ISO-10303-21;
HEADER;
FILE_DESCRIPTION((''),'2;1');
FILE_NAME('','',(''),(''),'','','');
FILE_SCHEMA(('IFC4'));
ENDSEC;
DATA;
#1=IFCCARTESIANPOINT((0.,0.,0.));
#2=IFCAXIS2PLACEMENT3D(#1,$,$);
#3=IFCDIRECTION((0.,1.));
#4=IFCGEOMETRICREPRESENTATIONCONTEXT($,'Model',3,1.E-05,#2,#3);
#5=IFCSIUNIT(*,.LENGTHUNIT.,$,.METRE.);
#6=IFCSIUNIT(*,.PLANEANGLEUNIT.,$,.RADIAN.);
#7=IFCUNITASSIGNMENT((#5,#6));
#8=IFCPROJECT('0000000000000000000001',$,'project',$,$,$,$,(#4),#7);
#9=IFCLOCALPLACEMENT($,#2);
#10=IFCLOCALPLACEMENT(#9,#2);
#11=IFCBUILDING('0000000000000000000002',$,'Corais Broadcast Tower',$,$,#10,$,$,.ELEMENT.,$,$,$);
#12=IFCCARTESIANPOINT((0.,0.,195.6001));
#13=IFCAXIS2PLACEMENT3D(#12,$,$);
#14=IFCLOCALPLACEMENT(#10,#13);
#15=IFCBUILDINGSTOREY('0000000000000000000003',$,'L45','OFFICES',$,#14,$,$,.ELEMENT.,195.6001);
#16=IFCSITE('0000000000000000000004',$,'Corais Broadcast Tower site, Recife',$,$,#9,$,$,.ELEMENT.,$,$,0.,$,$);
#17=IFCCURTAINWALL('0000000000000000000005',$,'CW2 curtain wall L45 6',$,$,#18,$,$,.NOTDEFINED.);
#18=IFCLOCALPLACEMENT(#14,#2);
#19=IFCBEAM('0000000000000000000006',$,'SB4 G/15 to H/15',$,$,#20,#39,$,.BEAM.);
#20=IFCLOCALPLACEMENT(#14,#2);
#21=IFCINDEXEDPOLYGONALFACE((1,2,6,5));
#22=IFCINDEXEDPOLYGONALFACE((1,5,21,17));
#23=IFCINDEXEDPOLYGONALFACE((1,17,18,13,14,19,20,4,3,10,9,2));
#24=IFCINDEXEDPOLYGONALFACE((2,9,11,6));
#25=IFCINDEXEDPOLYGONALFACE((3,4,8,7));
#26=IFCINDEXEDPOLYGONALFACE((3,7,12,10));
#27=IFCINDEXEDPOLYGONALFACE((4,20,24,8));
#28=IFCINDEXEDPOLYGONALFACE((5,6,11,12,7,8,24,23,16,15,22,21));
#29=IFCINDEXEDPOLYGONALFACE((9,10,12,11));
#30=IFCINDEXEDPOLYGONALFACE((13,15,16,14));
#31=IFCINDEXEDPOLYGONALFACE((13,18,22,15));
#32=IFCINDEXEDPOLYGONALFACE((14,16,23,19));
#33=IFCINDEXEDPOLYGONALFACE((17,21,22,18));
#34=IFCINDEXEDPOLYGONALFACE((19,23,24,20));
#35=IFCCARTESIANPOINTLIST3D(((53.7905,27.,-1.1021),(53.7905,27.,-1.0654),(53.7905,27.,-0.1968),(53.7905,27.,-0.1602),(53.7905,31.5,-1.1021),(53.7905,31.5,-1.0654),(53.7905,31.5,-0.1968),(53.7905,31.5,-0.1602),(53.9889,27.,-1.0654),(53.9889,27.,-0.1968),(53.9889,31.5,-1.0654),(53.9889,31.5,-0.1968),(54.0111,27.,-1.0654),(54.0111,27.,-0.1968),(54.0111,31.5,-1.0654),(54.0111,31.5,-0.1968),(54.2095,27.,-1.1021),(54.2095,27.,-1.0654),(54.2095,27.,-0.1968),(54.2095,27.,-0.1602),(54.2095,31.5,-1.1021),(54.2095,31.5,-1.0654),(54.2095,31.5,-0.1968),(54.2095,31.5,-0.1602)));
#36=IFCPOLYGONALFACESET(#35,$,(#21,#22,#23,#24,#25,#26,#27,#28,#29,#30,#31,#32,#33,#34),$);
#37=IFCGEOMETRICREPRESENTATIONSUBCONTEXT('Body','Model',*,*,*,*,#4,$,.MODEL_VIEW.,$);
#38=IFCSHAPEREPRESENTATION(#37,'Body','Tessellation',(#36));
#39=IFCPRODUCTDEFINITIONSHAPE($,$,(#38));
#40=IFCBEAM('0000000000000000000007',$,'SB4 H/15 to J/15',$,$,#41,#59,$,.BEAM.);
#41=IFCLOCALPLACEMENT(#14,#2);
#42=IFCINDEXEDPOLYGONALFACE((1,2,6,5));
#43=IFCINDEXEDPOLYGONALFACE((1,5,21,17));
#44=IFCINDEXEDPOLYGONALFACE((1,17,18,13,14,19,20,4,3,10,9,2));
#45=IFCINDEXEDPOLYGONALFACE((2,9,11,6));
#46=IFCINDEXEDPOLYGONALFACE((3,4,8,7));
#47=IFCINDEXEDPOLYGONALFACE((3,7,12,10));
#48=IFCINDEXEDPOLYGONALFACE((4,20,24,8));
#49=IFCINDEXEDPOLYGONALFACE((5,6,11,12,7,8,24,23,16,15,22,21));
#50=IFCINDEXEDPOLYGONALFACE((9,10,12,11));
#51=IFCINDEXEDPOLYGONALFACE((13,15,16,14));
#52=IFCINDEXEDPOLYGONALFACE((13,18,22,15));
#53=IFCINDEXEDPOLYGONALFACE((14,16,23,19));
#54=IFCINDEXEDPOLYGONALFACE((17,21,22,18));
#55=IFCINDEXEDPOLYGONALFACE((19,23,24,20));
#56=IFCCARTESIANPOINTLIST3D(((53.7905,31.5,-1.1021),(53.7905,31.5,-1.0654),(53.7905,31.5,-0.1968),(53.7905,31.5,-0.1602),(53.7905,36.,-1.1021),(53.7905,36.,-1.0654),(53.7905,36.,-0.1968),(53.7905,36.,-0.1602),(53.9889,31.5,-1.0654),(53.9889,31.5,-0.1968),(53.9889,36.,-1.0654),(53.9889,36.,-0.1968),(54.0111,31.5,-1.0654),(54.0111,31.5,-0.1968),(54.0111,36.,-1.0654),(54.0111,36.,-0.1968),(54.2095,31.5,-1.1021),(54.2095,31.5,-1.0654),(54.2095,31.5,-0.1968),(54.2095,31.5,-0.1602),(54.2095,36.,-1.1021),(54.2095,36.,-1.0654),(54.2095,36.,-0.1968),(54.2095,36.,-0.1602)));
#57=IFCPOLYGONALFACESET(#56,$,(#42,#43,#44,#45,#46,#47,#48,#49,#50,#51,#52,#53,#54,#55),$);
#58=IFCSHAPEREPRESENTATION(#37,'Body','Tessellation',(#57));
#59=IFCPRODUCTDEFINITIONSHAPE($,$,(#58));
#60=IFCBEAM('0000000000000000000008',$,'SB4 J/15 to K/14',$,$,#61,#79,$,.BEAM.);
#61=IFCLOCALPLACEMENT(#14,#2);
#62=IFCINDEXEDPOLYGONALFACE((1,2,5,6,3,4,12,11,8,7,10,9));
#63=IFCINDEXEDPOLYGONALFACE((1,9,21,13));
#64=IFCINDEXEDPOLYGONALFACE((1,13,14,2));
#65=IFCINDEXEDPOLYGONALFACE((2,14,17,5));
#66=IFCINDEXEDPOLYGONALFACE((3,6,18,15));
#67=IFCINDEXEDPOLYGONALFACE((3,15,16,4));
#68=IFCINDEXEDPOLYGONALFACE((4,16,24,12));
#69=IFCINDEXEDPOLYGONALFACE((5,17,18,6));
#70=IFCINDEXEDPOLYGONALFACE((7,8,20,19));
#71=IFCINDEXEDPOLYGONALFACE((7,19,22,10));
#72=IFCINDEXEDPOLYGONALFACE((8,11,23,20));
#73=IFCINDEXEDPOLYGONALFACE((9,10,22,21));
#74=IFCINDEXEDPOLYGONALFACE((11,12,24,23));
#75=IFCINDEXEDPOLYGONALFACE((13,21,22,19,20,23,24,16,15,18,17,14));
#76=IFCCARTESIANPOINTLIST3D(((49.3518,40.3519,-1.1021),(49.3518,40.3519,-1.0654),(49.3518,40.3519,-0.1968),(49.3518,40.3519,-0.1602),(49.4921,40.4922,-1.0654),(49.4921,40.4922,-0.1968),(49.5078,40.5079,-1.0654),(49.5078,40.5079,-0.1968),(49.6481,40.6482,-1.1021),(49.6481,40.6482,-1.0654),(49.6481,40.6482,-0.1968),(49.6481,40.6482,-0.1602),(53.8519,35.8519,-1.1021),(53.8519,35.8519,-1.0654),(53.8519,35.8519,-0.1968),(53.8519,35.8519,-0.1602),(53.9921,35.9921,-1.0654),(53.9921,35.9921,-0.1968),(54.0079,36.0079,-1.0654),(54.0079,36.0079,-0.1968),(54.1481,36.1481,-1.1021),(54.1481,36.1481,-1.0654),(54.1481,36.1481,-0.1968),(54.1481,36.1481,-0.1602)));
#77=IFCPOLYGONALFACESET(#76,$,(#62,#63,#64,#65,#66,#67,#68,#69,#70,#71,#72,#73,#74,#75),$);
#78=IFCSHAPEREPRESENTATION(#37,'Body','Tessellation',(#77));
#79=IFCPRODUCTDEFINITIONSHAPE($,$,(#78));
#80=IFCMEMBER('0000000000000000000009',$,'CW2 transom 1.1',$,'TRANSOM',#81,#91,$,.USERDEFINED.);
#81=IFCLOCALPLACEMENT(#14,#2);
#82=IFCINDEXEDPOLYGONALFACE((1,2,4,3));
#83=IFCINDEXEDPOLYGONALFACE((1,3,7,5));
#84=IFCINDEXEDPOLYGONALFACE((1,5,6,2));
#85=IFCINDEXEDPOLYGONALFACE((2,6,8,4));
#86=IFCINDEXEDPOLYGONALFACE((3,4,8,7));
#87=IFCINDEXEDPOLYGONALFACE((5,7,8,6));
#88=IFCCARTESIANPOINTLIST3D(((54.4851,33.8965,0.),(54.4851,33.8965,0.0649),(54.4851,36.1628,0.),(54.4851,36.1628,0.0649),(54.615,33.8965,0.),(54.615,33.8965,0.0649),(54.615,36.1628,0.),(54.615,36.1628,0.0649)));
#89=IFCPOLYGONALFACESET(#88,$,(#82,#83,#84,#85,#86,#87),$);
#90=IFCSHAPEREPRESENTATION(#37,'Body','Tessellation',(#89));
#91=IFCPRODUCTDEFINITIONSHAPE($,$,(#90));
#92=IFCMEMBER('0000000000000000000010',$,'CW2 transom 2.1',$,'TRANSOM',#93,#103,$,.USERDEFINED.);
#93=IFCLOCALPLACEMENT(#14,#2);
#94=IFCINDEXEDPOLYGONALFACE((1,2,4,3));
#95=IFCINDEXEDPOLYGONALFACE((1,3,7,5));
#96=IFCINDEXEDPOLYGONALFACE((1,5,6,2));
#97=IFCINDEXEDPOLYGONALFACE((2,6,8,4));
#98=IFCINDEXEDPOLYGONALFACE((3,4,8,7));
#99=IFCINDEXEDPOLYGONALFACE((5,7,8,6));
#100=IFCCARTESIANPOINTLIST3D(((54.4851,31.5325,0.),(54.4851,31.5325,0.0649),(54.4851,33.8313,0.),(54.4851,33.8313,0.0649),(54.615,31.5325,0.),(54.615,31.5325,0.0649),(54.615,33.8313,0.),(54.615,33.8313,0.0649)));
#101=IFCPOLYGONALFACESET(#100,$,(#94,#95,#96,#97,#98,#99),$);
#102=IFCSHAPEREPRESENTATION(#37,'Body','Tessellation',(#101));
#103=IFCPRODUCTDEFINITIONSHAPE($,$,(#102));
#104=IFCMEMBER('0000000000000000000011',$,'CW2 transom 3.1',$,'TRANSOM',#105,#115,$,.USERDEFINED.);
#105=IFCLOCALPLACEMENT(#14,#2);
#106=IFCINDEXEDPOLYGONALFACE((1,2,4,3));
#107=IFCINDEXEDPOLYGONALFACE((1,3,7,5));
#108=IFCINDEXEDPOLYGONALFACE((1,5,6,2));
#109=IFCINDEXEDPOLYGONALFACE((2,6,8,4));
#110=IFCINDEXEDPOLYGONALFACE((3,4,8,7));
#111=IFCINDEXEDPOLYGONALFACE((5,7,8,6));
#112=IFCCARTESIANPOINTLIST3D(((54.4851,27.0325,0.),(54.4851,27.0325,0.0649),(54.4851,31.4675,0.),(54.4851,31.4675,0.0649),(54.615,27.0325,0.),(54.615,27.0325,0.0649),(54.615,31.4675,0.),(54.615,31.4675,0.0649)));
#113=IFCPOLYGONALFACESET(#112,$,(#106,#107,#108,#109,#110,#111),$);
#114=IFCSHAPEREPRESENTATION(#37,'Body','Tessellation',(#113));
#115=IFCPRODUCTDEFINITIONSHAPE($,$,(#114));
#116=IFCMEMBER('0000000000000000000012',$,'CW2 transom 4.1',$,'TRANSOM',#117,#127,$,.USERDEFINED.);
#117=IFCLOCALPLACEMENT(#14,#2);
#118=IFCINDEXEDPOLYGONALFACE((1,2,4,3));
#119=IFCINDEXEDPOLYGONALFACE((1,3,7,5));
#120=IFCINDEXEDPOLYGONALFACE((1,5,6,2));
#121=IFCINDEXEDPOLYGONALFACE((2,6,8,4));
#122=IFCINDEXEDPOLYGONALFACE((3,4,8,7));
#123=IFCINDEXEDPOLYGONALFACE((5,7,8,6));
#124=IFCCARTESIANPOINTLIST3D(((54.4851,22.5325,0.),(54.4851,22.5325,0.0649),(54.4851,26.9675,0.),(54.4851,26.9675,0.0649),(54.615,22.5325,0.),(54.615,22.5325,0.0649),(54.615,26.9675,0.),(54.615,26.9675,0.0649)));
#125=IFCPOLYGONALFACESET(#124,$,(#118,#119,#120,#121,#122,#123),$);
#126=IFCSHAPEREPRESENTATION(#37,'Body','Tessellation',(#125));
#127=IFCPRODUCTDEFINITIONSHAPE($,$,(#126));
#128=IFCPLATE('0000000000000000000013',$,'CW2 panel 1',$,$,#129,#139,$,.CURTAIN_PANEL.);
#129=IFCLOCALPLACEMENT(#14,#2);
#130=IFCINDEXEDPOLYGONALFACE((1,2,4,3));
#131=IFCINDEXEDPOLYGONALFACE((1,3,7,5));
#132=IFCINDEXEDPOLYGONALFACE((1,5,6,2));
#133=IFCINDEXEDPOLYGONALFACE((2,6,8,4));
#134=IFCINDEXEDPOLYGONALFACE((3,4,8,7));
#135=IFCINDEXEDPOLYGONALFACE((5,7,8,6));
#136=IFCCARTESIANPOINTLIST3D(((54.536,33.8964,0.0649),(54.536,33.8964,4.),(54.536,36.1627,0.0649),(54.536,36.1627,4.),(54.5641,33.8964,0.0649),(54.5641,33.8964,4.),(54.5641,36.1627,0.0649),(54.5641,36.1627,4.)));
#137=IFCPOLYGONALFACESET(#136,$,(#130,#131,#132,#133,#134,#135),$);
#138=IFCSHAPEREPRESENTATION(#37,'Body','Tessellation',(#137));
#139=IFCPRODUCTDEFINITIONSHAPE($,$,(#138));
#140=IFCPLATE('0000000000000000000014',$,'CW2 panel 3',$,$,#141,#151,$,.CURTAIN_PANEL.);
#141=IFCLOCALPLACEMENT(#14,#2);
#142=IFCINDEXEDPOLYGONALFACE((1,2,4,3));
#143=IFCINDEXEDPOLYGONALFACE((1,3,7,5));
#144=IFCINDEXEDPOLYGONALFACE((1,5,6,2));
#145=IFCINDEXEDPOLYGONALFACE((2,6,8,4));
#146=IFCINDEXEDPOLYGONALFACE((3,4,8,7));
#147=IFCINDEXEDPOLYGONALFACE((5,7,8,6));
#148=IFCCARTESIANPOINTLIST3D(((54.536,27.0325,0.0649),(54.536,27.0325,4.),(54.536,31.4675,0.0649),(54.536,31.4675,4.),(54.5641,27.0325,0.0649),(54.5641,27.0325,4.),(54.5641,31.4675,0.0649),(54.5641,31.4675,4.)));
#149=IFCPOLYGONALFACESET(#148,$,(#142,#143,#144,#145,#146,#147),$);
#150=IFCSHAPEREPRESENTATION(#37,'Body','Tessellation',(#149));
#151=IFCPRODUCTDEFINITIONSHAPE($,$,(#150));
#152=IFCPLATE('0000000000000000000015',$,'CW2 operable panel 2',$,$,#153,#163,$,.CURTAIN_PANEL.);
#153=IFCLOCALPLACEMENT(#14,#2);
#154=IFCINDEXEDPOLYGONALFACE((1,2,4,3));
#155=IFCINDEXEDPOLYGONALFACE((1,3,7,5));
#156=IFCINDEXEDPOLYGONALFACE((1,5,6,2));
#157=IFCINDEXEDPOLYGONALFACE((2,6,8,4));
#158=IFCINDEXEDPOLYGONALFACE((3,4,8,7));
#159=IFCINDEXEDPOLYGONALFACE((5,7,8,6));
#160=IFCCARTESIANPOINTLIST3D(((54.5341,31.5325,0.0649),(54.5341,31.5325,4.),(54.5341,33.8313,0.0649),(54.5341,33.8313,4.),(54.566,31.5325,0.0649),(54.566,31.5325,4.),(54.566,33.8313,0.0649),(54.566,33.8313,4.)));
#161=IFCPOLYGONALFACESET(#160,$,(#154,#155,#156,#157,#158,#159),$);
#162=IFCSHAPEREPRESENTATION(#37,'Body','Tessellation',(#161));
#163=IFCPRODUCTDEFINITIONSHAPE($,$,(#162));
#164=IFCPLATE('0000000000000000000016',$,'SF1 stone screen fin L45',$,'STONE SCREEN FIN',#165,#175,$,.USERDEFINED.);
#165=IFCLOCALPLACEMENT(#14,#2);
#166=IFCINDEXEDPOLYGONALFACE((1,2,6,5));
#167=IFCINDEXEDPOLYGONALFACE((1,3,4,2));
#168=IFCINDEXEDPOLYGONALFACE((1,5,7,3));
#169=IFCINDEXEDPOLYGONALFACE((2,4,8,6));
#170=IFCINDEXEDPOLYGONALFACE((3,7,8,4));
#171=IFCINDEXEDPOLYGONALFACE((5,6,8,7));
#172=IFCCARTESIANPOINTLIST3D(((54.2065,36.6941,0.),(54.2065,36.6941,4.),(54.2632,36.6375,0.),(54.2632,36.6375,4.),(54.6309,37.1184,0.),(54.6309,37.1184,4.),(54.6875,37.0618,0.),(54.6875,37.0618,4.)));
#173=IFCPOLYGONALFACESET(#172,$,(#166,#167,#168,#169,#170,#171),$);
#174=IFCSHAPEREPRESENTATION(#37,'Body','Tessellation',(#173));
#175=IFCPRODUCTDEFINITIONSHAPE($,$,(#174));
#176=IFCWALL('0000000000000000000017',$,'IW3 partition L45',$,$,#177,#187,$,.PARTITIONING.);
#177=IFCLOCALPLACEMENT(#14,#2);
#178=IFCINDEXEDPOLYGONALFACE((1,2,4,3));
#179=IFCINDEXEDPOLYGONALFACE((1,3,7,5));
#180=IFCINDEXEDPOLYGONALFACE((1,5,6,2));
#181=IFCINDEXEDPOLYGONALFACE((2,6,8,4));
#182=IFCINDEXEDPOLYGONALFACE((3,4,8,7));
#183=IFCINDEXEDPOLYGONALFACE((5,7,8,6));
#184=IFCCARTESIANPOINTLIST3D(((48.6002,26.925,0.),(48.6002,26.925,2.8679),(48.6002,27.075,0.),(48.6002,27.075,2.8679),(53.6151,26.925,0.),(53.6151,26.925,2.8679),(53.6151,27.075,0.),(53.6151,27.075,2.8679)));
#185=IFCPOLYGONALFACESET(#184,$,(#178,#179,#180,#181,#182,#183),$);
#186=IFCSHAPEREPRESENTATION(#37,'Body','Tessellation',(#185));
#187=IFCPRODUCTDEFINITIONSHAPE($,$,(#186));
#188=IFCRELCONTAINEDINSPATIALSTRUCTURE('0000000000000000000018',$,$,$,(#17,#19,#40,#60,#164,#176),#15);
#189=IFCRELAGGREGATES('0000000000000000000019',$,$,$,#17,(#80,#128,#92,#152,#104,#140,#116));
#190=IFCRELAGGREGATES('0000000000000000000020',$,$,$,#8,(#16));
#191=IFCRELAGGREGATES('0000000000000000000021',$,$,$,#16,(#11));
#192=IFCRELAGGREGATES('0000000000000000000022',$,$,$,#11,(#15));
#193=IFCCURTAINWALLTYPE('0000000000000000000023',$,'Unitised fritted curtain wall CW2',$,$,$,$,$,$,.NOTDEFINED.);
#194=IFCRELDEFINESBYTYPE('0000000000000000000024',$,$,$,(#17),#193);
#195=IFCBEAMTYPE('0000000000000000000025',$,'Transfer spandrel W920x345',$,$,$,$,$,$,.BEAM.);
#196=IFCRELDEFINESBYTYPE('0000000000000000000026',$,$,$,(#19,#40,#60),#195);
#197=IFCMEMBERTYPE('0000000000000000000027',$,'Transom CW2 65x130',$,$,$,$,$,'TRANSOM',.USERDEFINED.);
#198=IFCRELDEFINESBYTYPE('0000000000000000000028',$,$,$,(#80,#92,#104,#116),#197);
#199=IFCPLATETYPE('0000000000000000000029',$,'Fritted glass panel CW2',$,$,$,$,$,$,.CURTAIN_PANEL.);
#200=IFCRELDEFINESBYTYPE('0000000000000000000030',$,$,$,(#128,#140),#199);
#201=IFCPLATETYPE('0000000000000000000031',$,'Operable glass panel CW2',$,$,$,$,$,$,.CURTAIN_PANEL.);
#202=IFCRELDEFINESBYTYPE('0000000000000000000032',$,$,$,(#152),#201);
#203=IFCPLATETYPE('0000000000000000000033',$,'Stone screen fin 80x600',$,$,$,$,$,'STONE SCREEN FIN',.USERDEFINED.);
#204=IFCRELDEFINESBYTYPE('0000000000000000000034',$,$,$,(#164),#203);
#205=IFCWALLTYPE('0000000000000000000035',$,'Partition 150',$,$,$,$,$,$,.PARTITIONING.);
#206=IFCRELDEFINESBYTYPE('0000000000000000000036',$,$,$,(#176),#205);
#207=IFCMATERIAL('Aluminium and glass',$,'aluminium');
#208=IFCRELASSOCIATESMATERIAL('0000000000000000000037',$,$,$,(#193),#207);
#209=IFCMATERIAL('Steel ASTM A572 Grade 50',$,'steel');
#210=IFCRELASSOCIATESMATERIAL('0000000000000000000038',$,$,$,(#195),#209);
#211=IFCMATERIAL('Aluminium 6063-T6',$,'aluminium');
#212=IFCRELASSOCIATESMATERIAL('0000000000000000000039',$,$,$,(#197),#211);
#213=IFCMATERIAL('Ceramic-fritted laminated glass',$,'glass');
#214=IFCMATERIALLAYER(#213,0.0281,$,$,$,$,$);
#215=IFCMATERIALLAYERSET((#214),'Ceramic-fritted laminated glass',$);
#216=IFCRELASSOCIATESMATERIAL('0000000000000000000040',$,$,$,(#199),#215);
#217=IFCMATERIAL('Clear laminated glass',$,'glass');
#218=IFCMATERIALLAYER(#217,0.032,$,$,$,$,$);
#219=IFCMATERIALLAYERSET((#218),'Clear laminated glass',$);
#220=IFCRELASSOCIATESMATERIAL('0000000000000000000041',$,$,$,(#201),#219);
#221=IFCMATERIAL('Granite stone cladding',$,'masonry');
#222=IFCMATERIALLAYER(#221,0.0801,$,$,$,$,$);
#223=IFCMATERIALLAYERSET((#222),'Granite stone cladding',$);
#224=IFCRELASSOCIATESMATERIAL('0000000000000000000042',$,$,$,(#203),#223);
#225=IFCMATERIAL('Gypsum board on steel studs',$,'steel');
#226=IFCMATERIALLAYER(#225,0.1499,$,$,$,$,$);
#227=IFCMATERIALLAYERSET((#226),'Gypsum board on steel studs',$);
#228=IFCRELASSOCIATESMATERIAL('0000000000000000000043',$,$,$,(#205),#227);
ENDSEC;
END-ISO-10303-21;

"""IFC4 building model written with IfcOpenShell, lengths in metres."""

from ifc_helpers import new_model, si_unit, direction, frame, frame_2d, origin, origin_2d, place, context, subcontext, project, spatial, rectangle, i_section, extrude, material, layer, layer_set, material_profile, profile_set, type_object, element, aggregate, save


model = new_model("IFC4")

# Units and contexts
model_context = context("Model", 3, precision=1e-05, world=origin(), true_north=direction((0.0, 1.0)))
body_context = subcontext(model_context, "Body", "Model", "MODEL_VIEW")
ifc_project = project(units=[si_unit("LENGTHUNIT", "METRE"), si_unit("PLANEANGLEUNIT", "RADIAN")], contexts=[model_context])

# Site, building, storey
site_placement = place(None, origin())
site = spatial("IfcSite", under=ifc_project, at=site_placement, Name="Corais Broadcast Tower site, Recife", CompositionType="ELEMENT", RefElevation=0.0)
building_placement = place(site_placement, origin())
building = spatial("IfcBuilding", under=site, at=building_placement, Name="Corais Broadcast Tower", CompositionType="ELEMENT")
storey_placement = place(building_placement, frame((0.0, 0.0, 195.6001)))
storey = spatial("IfcBuildingStorey", under=building, at=storey_placement, Name="L45", Description="OFFICES", CompositionType="ELEMENT", Elevation=195.6001)

# Shared definitions
ifc_material_1 = material(Name="Aluminium and glass", Category="aluminium")
curtain_wall_type = type_object("IfcCurtainWallType", Name="Unitised fritted curtain wall CW2", PredefinedType="NOTDEFINED", material=ifc_material_1)

# Curtain wall
curtain_wall_1_placement = place(storey_placement, origin())
curtain_wall_1 = element("IfcCurtainWall", 1, at=curtain_wall_1_placement, inside=storey, type_object=curtain_wall_type, Name="CW2 curtain wall L45 6", PredefinedType="NOTDEFINED")

# Beams
ifc_material_2 = material(Name="Steel ASTM A572 Grade 50", Category="steel")
ifc_material_profile_1 = material_profile(ifc_material_2, i_section(OverallWidth=0.4189, OverallDepth=0.9419, WebThickness=0.0222, FlangeThickness=0.0366, at=origin_2d()), Name="W920x345")
ifc_profile_set_1 = profile_set([ifc_material_profile_1], Name="Steel ASTM A572 Grade 50")
beam_type_1 = type_object("IfcBeamType", Name="Transfer spandrel W920x345", PredefinedType="BEAM", material=ifc_profile_set_1)
for number, where, z_axis, x_axis, name in (
    (2, (54.0, 27.0, -0.6311), (0.0, 1.0, 0.0), (-1.0, 0.0, 0.0), "SB4 G/15 to H/15"),
    (3, (54.0, 31.5, -0.6311), (0.0, 1.0, 0.0), (-1.0, 0.0, 0.0), "SB4 H/15 to J/15"),
):
    element("IfcBeam", number, at=place(storey_placement, frame(where, z_axis=z_axis, x_axis=x_axis)), inside=storey, type_object=beam_type_1, Name=name, PredefinedType="BEAM", context=body_context, shape_type="SweptSolid", body=[
        extrude(i_section(OverallWidth=0.4189, OverallDepth=0.9419, WebThickness=0.0222, FlangeThickness=0.0366, at=origin_2d()), origin(), (0.0, 0.0, 1.0), 4.5),
    ])
beam_placement = place(storey_placement, frame((54.0, 36.0, -0.6311), z_axis=(-0.707107, 0.707107, 0.0), x_axis=(-0.707107, -0.707107, 0.0)))
element("IfcBeam", 4, at=beam_placement, inside=storey, type_object=beam_type_1, Name="SB4 J/15 to K/14", PredefinedType="BEAM", context=body_context, shape_type="SweptSolid", body=[
    extrude(i_section(OverallWidth=0.4189, OverallDepth=0.9419, WebThickness=0.0222, FlangeThickness=0.0366, at=origin_2d()), origin(), (0.0, 0.0, 1.0), 6.364),
])

# Members
ifc_material_3 = material(Name="Aluminium 6063-T6", Category="aluminium")
ifc_material_profile_2 = material_profile(ifc_material_3, rectangle(XDim=0.1299, YDim=0.0649, at=origin_2d()), Name="Transom CW2 65x130")
ifc_profile_set_2 = profile_set([ifc_material_profile_2], Name="Aluminium 6063-T6")
member_type_1 = type_object("IfcMemberType", Name="Transom CW2 65x130", ElementType="TRANSOM", PredefinedType="USERDEFINED", material=ifc_profile_set_2)
member_1_placement = place(storey_placement, frame((54.55, 36.1628, 0.0325), z_axis=(0.0, -1.0, 0.0), x_axis=(1.0, 0.0, 0.0)))
member_1 = element("IfcMember", 5, at=member_1_placement, type_object=member_type_1, Name="CW2 transom 1.1", ObjectType="TRANSOM", PredefinedType="USERDEFINED", context=body_context, shape_type="SweptSolid", body=[
    extrude(rectangle(XDim=0.1299, YDim=0.0649, at=origin_2d()), origin(), (0.0, 0.0, 1.0), 2.2664),
])
member_2_placement = place(storey_placement, frame((54.55, 33.8313, 0.0325), z_axis=(0.0, -1.0, 0.0), x_axis=(1.0, 0.0, 0.0)))
member_2 = element("IfcMember", 6, at=member_2_placement, type_object=member_type_1, Name="CW2 transom 2.1", ObjectType="TRANSOM", PredefinedType="USERDEFINED", context=body_context, shape_type="SweptSolid", body=[
    extrude(rectangle(XDim=0.1299, YDim=0.0649, at=origin_2d()), origin(), (0.0, 0.0, 1.0), 2.2988),
])
member_3_placement = place(storey_placement, frame((54.55, 31.4675, 0.0325), z_axis=(0.0, -1.0, 0.0), x_axis=(1.0, 0.0, 0.0)))
member_3 = element("IfcMember", 7, at=member_3_placement, type_object=member_type_1, Name="CW2 transom 3.1", ObjectType="TRANSOM", PredefinedType="USERDEFINED", context=body_context, shape_type="SweptSolid", body=[
    extrude(rectangle(XDim=0.1299, YDim=0.0649, at=origin_2d()), origin(), (0.0, 0.0, 1.0), 4.4351),
])
member_4_placement = place(storey_placement, frame((54.55, 26.9675, 0.0325), z_axis=(0.0, -1.0, 0.0), x_axis=(1.0, 0.0, 0.0)))
member_4 = element("IfcMember", 8, at=member_4_placement, type_object=member_type_1, Name="CW2 transom 4.1", ObjectType="TRANSOM", PredefinedType="USERDEFINED", context=body_context, shape_type="SweptSolid", body=[
    extrude(rectangle(XDim=0.1299, YDim=0.0649, at=origin_2d()), origin(), (0.0, 0.0, 1.0), 4.4351),
])

# Plates
ifc_material_4 = material(Name="Ceramic-fritted laminated glass", Category="glass")
ifc_layer_1 = layer(ifc_material_4, 0.0281)
ifc_layer_set_1 = layer_set([ifc_layer_1], Name="Ceramic-fritted laminated glass")
plate_type_1 = type_object("IfcPlateType", Name="Fritted glass panel CW2", PredefinedType="CURTAIN_PANEL", material=ifc_layer_set_1)
plate_1_placement = place(storey_placement, frame((54.55, 35.0295, 0.0649), z_axis=(0.0, 0.0, 1.0), x_axis=(0.0, -1.0, 0.0)))
plate_1 = element("IfcPlate", 9, at=plate_1_placement, type_object=plate_type_1, Name="CW2 panel 1", PredefinedType="CURTAIN_PANEL", context=body_context, shape_type="SweptSolid", body=[
    extrude(rectangle(XDim=2.2664, YDim=0.0281, at=origin_2d()), origin(), (0.0, 0.0, 1.0), 3.9351),
])
plate_2_placement = place(storey_placement, frame((54.55, 29.25, 0.0649), z_axis=(0.0, 0.0, 1.0), x_axis=(0.0, -1.0, 0.0)))
plate_2 = element("IfcPlate", 10, at=plate_2_placement, type_object=plate_type_1, Name="CW2 panel 3", PredefinedType="CURTAIN_PANEL", context=body_context, shape_type="SweptSolid", body=[
    extrude(rectangle(XDim=4.4351, YDim=0.0281, at=origin_2d()), origin(), (0.0, 0.0, 1.0), 3.9351),
])
ifc_material_5 = material(Name="Clear laminated glass", Category="glass")
ifc_layer_2 = layer(ifc_material_5, 0.032)
ifc_layer_set_2 = layer_set([ifc_layer_2], Name="Clear laminated glass")
plate_type_2 = type_object("IfcPlateType", Name="Operable glass panel CW2", PredefinedType="CURTAIN_PANEL", material=ifc_layer_set_2)
plate_3_placement = place(storey_placement, frame((54.55, 32.6819, 0.0649), z_axis=(0.0, 0.0, 1.0), x_axis=(0.0, -1.0, 0.0)))
plate_3 = element("IfcPlate", 11, at=plate_3_placement, type_object=plate_type_2, Name="CW2 operable panel 2", PredefinedType="CURTAIN_PANEL", context=body_context, shape_type="SweptSolid", body=[
    extrude(rectangle(XDim=2.2988, YDim=0.032, at=origin_2d()), origin(), (0.0, 0.0, 1.0), 3.9351),
])
aggregate(curtain_wall_1, [member_1, plate_1, member_2, plate_3, member_3, plate_2, member_4])
ifc_material_6 = material(Name="Granite stone cladding", Category="masonry")
ifc_layer_3 = layer(ifc_material_6, 0.0801)
ifc_layer_set_3 = layer_set([ifc_layer_3], Name="Granite stone cladding")
plate_type_3 = type_object("IfcPlateType", Name="Stone screen fin 80x600", ElementType="STONE SCREEN FIN", PredefinedType="USERDEFINED", material=ifc_layer_set_3)
plate_4_placement = place(storey_placement, frame((54.447, 36.8779, 0.0), z_axis=(0.0, 0.0, 1.0), x_axis=(0.707107, -0.707107, 0.0)))
element("IfcPlate", 12, at=plate_4_placement, inside=storey, type_object=plate_type_3, Name="SF1 stone screen fin L45", ObjectType="STONE SCREEN FIN", PredefinedType="USERDEFINED", context=body_context, shape_type="SweptSolid", body=[
    extrude(rectangle(XDim=0.0801, YDim=0.6001, at=origin_2d()), origin(), (0.0, 0.0, 1.0), 4.0),
])

# Wall
ifc_material_7 = material(Name="Gypsum board on steel studs", Category="steel")
ifc_layer_4 = layer(ifc_material_7, 0.1499)
ifc_layer_set_4 = layer_set([ifc_layer_4], Name="Gypsum board on steel studs")
wall_type = type_object("IfcWallType", Name="Partition 150", PredefinedType="PARTITIONING", material=ifc_layer_set_4)
wall_1_placement = place(storey_placement, frame((53.615, 27.0, 0.0), z_axis=(0.0, 0.0, 1.0), x_axis=(-1.0, 0.0, 0.0)))
element("IfcWall", 13, at=wall_1_placement, inside=storey, type_object=wall_type, Name="IW3 partition L45", PredefinedType="PARTITIONING", context=body_context, shape_type="SweptSolid", body=[
    extrude(rectangle(XDim=5.0149, YDim=0.1499, at=frame_2d((2.5073, 0.0))), origin(), (0.0, 0.0, 1.0), 2.8679),
])

save(model, "model.ifc")
